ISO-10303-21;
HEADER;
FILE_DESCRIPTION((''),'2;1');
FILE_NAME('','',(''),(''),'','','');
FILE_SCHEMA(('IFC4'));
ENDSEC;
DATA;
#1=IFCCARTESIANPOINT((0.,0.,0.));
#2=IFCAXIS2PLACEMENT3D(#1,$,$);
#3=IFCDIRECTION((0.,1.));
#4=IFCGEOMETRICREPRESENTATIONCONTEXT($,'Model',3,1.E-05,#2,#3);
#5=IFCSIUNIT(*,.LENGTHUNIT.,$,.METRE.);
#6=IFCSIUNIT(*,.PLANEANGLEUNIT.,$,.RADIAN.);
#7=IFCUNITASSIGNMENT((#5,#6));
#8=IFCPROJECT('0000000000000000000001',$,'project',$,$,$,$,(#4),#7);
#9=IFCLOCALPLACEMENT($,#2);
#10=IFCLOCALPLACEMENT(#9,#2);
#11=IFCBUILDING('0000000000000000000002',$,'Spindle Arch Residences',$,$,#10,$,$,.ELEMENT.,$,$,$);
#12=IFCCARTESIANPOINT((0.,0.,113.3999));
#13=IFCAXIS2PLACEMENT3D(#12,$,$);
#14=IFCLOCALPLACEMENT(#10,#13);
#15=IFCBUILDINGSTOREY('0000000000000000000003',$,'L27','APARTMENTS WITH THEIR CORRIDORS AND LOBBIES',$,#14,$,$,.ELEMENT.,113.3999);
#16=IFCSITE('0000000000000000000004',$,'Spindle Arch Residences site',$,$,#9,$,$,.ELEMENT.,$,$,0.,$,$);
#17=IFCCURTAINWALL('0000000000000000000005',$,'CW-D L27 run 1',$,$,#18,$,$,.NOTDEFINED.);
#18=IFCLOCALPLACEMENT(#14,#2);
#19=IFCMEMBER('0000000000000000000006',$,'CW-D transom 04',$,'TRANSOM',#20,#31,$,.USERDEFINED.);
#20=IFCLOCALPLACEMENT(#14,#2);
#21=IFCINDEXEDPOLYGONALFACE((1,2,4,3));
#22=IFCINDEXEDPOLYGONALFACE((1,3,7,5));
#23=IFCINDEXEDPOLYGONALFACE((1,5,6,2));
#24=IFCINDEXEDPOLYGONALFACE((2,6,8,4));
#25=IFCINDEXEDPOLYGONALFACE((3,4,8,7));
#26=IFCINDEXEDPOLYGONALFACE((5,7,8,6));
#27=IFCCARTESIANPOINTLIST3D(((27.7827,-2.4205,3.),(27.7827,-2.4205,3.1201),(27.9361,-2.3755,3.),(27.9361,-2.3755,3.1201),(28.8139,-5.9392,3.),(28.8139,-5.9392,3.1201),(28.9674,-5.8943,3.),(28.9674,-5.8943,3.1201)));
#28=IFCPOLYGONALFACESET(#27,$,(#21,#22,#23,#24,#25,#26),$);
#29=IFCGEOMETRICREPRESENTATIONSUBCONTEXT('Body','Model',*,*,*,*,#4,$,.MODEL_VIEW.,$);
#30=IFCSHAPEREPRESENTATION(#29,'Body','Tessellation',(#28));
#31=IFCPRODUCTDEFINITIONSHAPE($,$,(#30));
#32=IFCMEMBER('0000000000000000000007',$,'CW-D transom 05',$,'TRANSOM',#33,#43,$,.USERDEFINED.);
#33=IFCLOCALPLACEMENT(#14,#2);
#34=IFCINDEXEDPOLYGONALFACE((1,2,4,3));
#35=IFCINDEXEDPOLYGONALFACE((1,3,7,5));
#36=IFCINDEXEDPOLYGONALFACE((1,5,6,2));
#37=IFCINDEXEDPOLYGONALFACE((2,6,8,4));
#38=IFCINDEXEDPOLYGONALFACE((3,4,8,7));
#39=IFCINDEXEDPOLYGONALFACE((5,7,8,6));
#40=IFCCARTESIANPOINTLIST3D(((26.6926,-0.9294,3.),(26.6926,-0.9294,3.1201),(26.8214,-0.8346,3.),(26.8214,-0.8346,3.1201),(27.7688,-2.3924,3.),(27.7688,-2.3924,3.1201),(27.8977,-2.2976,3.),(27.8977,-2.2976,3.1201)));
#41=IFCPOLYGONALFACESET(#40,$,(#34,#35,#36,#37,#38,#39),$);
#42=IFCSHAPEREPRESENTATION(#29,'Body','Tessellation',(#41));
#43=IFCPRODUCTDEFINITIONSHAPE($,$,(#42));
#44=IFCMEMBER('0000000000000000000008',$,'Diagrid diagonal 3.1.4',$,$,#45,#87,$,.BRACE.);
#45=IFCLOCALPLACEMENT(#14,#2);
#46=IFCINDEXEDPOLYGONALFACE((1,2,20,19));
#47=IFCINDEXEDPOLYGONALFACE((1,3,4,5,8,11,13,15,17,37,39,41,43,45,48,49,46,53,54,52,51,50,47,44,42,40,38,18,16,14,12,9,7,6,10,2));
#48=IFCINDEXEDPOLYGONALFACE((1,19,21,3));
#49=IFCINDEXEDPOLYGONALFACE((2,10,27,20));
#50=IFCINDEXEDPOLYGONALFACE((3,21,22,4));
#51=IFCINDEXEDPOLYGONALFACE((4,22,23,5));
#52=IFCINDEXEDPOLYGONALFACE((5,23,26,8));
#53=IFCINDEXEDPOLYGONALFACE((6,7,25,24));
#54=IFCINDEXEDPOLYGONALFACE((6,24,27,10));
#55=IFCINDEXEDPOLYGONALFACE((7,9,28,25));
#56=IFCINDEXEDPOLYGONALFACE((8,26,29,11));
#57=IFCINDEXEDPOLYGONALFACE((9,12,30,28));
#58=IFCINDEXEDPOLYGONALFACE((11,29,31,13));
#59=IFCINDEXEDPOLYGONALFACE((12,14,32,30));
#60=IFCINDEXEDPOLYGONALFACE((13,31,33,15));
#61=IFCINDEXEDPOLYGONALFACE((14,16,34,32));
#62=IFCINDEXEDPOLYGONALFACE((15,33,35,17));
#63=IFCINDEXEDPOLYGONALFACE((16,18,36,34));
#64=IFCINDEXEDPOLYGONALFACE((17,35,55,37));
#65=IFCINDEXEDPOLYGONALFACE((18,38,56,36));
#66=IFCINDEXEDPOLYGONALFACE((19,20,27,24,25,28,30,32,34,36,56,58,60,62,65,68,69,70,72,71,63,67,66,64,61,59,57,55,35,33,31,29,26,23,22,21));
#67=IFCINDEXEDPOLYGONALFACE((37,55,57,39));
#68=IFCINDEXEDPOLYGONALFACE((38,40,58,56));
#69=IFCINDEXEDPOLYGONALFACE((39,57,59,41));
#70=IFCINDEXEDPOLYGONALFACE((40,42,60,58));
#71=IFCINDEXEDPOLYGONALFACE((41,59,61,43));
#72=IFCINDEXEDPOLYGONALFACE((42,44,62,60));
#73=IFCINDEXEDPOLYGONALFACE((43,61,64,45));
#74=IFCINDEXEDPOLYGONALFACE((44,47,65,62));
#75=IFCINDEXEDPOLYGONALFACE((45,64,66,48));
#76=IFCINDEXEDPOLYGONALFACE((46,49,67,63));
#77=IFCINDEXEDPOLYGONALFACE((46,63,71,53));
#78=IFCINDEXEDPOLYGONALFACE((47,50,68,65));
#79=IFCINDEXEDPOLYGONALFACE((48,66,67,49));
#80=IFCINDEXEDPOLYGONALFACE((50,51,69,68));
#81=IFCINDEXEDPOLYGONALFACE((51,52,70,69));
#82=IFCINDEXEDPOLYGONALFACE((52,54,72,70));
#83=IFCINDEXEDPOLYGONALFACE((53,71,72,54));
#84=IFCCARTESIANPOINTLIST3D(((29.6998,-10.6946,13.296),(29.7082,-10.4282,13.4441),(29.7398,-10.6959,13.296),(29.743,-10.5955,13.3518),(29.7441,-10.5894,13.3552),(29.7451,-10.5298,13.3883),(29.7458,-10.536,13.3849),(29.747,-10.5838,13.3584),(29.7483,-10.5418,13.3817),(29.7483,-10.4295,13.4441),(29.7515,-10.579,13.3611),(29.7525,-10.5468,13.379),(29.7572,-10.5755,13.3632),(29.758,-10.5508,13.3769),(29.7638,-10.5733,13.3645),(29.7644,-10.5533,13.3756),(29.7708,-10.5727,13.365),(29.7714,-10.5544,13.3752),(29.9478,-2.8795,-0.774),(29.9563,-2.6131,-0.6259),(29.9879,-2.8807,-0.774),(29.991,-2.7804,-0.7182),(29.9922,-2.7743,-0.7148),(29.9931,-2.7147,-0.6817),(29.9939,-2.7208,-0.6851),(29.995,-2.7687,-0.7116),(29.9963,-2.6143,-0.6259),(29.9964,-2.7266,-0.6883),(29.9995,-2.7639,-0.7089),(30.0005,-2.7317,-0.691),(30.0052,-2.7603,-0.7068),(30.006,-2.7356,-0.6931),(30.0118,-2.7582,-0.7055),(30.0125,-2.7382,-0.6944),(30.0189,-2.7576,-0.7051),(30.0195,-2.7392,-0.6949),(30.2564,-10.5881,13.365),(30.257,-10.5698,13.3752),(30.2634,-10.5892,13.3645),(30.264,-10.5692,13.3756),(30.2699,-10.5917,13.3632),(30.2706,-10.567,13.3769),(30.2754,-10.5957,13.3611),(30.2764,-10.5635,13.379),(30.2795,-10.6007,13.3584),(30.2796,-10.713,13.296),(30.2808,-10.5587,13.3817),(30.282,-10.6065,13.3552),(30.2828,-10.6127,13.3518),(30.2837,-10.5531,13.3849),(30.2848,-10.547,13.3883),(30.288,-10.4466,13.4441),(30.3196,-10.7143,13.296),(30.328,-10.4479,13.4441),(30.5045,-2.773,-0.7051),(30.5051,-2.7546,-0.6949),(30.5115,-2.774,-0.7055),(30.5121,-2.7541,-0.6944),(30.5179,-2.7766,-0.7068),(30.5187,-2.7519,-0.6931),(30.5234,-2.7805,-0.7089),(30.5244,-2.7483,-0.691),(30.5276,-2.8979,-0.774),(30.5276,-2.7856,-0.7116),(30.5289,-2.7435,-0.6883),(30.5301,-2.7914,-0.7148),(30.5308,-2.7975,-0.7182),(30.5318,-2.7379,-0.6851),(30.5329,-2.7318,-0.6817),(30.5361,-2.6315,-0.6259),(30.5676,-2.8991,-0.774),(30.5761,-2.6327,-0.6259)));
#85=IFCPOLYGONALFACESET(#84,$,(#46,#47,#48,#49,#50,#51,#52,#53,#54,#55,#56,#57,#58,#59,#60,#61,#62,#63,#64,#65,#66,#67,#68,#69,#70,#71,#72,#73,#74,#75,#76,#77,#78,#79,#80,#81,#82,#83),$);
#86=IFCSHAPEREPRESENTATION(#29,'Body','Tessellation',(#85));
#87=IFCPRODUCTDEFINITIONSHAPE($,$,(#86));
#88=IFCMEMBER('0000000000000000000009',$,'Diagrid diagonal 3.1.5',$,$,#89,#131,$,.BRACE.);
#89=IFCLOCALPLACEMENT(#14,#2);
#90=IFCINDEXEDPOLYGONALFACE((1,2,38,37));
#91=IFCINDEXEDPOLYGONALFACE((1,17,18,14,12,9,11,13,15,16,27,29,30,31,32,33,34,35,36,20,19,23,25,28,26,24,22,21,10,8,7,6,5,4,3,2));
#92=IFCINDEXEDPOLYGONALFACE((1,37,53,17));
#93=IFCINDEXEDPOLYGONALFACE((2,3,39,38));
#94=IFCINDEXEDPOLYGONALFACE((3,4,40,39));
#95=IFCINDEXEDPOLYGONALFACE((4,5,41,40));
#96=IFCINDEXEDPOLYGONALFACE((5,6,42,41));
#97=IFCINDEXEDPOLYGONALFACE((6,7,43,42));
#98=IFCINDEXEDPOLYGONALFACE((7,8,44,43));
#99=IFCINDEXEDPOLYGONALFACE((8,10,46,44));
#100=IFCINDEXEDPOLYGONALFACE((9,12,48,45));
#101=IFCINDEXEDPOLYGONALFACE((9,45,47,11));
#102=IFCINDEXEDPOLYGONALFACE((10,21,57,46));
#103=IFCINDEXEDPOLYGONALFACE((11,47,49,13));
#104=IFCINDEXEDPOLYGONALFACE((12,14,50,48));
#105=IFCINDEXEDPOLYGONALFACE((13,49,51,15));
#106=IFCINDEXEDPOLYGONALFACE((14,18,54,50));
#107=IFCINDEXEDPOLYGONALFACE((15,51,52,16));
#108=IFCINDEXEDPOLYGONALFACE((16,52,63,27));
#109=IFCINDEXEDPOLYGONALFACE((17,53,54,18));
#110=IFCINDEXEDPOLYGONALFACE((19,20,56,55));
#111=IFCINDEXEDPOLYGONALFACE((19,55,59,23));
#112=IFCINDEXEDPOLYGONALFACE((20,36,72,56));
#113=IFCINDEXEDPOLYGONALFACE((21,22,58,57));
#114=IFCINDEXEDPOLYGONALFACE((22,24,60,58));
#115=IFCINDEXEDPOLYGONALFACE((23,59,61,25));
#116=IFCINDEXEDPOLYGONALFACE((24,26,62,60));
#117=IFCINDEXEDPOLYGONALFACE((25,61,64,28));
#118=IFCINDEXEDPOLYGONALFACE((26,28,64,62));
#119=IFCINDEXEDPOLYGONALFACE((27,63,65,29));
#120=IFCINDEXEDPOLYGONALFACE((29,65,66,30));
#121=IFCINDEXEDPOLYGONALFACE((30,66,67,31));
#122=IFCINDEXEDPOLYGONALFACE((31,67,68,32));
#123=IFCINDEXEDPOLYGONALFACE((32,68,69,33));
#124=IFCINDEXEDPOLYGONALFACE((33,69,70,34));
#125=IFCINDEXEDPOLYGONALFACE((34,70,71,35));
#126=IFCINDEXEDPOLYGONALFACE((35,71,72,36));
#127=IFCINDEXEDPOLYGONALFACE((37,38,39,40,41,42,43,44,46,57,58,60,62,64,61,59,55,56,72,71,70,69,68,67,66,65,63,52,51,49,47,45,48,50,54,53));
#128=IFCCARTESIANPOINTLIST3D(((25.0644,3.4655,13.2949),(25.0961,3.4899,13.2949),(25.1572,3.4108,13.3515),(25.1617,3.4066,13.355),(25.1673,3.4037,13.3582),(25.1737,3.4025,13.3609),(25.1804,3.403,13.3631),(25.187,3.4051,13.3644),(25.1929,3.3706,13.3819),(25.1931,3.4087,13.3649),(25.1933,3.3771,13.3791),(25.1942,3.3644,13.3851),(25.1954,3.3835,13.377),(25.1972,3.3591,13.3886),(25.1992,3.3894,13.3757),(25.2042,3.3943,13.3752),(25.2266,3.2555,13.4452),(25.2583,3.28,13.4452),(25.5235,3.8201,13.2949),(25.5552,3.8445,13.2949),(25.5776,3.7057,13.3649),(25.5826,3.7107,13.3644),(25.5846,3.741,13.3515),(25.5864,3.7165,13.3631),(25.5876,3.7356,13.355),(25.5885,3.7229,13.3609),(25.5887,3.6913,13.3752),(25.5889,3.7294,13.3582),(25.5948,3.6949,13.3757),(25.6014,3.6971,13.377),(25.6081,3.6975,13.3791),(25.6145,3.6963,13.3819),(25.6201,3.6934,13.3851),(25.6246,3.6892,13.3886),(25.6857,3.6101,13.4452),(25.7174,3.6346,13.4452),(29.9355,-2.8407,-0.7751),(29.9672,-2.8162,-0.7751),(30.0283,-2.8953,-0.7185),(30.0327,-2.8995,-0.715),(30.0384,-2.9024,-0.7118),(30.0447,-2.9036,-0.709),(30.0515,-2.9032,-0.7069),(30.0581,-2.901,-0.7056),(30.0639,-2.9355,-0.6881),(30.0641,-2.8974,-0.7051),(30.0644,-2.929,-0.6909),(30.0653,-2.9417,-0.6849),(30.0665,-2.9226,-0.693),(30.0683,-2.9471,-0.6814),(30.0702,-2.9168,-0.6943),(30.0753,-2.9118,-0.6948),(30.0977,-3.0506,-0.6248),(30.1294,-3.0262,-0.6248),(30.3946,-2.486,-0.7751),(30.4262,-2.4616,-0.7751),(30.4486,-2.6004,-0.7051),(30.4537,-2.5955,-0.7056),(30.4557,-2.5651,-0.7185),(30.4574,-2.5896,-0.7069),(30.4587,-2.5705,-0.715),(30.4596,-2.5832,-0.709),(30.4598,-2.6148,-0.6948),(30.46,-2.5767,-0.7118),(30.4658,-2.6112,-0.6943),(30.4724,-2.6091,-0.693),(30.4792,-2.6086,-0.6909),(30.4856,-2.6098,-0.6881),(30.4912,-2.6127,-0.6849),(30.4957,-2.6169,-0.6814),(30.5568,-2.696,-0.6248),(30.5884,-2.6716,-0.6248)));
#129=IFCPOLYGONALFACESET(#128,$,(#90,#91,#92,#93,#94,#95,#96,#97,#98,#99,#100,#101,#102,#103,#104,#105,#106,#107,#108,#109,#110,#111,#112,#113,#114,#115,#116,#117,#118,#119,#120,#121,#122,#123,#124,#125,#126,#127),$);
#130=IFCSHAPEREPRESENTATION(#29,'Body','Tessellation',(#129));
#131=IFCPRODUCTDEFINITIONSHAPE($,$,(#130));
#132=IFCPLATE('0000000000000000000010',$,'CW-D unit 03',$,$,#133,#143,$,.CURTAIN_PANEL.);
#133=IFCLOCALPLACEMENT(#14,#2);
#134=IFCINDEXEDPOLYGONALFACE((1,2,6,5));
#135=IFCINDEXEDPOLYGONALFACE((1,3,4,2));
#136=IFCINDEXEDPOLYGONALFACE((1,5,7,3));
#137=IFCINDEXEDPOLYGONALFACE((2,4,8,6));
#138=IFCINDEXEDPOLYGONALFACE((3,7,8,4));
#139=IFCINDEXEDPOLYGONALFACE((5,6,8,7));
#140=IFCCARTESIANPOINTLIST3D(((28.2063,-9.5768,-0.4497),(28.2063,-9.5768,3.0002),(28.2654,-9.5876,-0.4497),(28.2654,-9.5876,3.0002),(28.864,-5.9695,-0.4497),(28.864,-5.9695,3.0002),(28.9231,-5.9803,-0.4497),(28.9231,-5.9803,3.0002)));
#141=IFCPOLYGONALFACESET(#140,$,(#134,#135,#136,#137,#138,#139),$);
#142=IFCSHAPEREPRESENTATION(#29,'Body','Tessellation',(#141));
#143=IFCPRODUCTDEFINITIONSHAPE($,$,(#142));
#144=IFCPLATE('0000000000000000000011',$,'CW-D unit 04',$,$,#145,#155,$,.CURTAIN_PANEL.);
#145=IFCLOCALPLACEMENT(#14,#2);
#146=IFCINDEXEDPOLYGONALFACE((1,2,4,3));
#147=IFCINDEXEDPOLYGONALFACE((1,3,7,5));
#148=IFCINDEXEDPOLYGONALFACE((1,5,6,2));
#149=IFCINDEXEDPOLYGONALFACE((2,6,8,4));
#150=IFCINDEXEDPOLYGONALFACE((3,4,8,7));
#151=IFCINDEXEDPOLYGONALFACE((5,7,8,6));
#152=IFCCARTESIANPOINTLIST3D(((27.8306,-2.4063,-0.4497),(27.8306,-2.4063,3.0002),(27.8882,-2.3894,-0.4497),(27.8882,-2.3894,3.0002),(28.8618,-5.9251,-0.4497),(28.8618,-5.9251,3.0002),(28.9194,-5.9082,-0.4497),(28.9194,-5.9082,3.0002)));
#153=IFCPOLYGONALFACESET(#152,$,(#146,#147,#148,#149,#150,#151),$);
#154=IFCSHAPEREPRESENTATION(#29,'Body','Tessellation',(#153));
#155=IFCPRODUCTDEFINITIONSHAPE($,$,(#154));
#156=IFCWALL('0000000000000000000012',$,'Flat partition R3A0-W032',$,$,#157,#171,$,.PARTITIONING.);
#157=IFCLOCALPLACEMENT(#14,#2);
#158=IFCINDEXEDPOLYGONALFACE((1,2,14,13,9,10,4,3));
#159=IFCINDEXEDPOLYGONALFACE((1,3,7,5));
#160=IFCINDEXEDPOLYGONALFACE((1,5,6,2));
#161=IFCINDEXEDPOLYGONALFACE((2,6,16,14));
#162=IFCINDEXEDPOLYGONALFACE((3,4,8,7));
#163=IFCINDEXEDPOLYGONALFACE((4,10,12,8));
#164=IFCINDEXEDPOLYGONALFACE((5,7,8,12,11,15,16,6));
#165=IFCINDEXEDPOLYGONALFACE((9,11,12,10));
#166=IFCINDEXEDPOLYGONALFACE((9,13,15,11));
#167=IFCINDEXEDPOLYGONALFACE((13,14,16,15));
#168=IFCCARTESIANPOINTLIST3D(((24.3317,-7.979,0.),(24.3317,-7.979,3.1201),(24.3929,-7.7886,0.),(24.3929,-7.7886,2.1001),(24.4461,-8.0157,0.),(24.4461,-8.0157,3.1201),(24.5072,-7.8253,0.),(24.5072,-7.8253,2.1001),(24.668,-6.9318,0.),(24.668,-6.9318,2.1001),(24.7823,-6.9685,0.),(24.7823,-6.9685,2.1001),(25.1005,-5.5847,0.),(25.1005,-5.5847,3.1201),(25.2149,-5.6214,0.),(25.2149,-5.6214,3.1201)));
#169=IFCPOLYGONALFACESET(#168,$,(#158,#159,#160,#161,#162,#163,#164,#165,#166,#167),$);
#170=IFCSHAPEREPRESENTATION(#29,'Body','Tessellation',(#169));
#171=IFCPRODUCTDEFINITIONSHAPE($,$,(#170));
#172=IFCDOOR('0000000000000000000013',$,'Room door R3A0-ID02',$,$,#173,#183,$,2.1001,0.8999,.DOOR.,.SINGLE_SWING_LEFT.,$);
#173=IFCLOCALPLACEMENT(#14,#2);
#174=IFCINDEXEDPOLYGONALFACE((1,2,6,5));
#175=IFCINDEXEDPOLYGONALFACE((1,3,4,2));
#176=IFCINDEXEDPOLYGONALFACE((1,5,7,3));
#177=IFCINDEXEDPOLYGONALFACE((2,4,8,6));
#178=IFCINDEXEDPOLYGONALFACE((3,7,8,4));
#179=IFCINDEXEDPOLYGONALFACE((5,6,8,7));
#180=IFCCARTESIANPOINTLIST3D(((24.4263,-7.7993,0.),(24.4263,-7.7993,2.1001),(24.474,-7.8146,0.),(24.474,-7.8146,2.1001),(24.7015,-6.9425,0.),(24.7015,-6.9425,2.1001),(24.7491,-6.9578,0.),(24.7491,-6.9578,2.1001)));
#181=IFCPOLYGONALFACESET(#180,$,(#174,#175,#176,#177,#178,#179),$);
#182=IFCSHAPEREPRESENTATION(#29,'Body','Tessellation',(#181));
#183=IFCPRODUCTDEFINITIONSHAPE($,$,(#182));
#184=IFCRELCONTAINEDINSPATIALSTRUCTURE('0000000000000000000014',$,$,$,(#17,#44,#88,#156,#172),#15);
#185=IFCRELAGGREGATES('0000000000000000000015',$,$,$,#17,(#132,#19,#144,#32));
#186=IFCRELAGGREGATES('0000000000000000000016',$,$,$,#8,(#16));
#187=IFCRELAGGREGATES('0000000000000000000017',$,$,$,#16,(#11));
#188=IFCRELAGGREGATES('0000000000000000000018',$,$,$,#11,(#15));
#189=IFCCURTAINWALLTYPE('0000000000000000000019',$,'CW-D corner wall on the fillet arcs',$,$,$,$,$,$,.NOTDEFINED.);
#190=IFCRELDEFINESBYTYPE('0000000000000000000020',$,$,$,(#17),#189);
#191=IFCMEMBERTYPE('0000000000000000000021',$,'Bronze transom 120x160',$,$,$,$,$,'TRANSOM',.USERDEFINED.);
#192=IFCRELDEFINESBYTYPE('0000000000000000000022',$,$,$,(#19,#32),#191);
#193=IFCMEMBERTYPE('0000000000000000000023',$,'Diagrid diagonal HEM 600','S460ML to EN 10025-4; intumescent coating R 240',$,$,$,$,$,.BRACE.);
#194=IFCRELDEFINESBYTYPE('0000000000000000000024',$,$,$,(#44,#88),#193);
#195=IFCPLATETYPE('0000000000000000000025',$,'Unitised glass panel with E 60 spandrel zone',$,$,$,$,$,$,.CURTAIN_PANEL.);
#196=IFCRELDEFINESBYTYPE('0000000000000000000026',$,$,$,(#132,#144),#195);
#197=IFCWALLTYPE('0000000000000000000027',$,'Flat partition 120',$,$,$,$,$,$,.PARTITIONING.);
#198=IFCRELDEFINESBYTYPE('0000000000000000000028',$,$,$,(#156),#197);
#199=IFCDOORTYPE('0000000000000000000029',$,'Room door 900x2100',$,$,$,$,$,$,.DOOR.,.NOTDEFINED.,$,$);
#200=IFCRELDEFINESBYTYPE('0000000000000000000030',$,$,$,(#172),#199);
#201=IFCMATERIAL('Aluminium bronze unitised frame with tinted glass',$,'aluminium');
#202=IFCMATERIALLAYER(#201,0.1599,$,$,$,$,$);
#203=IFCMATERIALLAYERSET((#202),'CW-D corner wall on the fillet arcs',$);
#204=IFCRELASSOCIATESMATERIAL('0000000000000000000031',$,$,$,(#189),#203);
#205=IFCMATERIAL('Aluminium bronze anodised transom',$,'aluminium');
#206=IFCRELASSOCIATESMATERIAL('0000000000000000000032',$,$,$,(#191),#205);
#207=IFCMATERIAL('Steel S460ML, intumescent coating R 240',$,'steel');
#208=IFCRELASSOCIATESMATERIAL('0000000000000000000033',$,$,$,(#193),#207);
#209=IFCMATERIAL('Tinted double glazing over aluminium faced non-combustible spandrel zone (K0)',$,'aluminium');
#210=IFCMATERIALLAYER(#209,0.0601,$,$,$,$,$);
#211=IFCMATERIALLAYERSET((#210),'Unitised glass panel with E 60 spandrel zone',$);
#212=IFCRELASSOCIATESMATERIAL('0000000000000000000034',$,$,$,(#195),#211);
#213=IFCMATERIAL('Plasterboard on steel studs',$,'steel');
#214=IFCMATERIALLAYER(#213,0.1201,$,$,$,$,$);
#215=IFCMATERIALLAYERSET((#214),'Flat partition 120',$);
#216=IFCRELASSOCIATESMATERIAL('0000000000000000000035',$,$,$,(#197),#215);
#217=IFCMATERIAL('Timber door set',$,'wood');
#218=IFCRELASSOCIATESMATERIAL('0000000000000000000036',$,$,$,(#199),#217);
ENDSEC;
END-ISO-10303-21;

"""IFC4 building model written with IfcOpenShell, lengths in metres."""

from ifc_helpers import new_model, si_unit, direction, frame, frame_2d, origin, origin_2d, place, context, subcontext, project, spatial, rectangle, i_section, extrude, material, layer, layer_set, material_profile, profile_set, type_object, element, fill, aggregate, save


model = new_model("IFC4")

# Units and contexts
model_context = context("Model", 3, precision=1e-05, world=origin(), true_north=direction((0.0, 1.0)))
body_context = subcontext(model_context, "Body", "Model", "MODEL_VIEW")
ifc_project = project(units=[si_unit("LENGTHUNIT", "METRE"), si_unit("PLANEANGLEUNIT", "RADIAN")], contexts=[model_context])

# Site, building, storey
site_placement = place(None, origin())
site = spatial("IfcSite", under=ifc_project, at=site_placement, Name="Spindle Arch Residences site", CompositionType="ELEMENT", RefElevation=0.0)
building_placement = place(site_placement, origin())
building = spatial("IfcBuilding", under=site, at=building_placement, Name="Spindle Arch Residences", CompositionType="ELEMENT")
storey_placement = place(building_placement, frame((0.0, 0.0, 113.3999)))
storey = spatial("IfcBuildingStorey", under=building, at=storey_placement, Name="L27", Description="APARTMENTS WITH THEIR CORRIDORS AND LOBBIES", CompositionType="ELEMENT", Elevation=113.3999)

# Curtain wall, members
ifc_material_1 = material(Name="Aluminium bronze unitised frame with tinted glass", Category="aluminium")
ifc_layer_1 = layer(ifc_material_1, 0.1599)
ifc_layer_set_1 = layer_set([ifc_layer_1], Name="CW-D corner wall on the fillet arcs")
curtain_wall_type = type_object("IfcCurtainWallType", Name="CW-D corner wall on the fillet arcs", PredefinedType="NOTDEFINED", material=ifc_layer_set_1)
curtain_wall_placement = place(storey_placement, origin())
curtain_wall = element("IfcCurtainWall", 1, at=curtain_wall_placement, inside=storey, type_object=curtain_wall_type, Name="CW-D L27 run 1", PredefinedType="NOTDEFINED")
ifc_material_2 = material(Name="Aluminium bronze anodised transom", Category="aluminium")
ifc_material_profile_1 = material_profile(ifc_material_2, rectangle(XDim=0.1599, YDim=0.1201, at=origin_2d()), Name="TR 120x160")
ifc_profile_set_1 = profile_set([ifc_material_profile_1], Name="Aluminium bronze anodised transom")
member_type_1 = type_object("IfcMemberType", Name="Bronze transom 120x160", ElementType="TRANSOM", PredefinedType="USERDEFINED", material=ifc_profile_set_1)
member_1_placement = place(storey_placement, frame((28.8906, -5.9167, 3.0601), z_axis=(-0.28124, 0.959638, 0.0), x_axis=(-0.959638, -0.28124, 0.0)))
member_1 = element("IfcMember", 2, at=member_1_placement, type_object=member_type_1, Name="CW-D transom 04", ObjectType="TRANSOM", PredefinedType="USERDEFINED", context=body_context, shape_type="SweptSolid", body=[
    extrude(rectangle(XDim=0.1599, YDim=0.1201, at=origin_2d()), origin(), (0.0, 0.0, 1.0), 3.6667),
])
member_2_placement = place(storey_placement, frame((27.8333, -2.345, 3.0601), z_axis=(-0.592575, 0.805515, 0.0), x_axis=(-0.805515, -0.592575, 0.0)))
member_2 = element("IfcMember", 3, at=member_2_placement, type_object=member_type_1, Name="CW-D transom 05", ObjectType="TRANSOM", PredefinedType="USERDEFINED", context=body_context, shape_type="SweptSolid", body=[
    extrude(rectangle(XDim=0.1599, YDim=0.1201, at=origin_2d()), origin(), (0.0, 0.0, 1.0), 1.8162),
])

# Members
ifc_material_3 = material(Name="Steel S460ML, intumescent coating R 240", Category="steel")
ifc_material_profile_2 = material_profile(ifc_material_3, i_section(OverallWidth=0.3049, OverallDepth=0.6201, WebThickness=0.021, FlangeThickness=0.04, FilletRadius=0.0271, at=origin_2d()), Name="HEM 600")
ifc_profile_set_2 = profile_set([ifc_material_profile_2], Name="Steel S460ML, intumescent coating R 240")
member_type_2 = type_object("IfcMemberType", Name="Diagrid diagonal HEM 600", Description="S460ML to EN 10025-4; intumescent coating R 240", PredefinedType="BRACE", material=ifc_profile_set_2)
member_3_placement = place(storey_placement, frame((30.262, -2.7561, -0.7), z_axis=(-0.01541, -0.485513, 0.874094), x_axis=(0.027729, 0.873654, 0.485758)))
element("IfcMember", 4, at=member_3_placement, inside=storey, type_object=member_type_2, Name="Diagrid diagonal 3.1.4", PredefinedType="BRACE", context=body_context, shape_type="SweptSolid", body=[
    extrude(i_section(OverallWidth=0.3049, OverallDepth=0.6201, WebThickness=0.021, FlangeThickness=0.04, FilletRadius=0.0271, at=origin_2d()), origin(), (0.0, 0.0, 1.0), 16.0967),
])
member_4_placement = place(storey_placement, frame((30.262, -2.7561, -0.7), z_axis=(-0.301247, 0.389996, 0.870146), x_axis=(0.531922, -0.688631, 0.492795)))
element("IfcMember", 5, at=member_4_placement, inside=storey, type_object=member_type_2, Name="Diagrid diagonal 3.1.5", PredefinedType="BRACE", context=body_context, shape_type="SweptSolid", body=[
    extrude(i_section(OverallWidth=0.3049, OverallDepth=0.6201, WebThickness=0.021, FlangeThickness=0.04, FilletRadius=0.0271, at=origin_2d()), origin(), (0.0, 0.0, 1.0), 16.1697),
])

# Plates
ifc_material_4 = material(Name="Tinted double glazing over aluminium faced non-combustible spandrel zone (K0)", Category="aluminium")
ifc_layer_2 = layer(ifc_material_4, 0.0601)
ifc_layer_set_2 = layer_set([ifc_layer_2], Name="Unitised glass panel with E 60 spandrel zone")
plate_type = type_object("IfcPlateType", Name="Unitised glass panel with E 60 spandrel zone", PredefinedType="CURTAIN_PANEL", material=ifc_layer_set_2)
plate_1_placement = place(storey_placement, frame((28.5647, -7.7786, -0.4497), z_axis=(0.0, 0.0, 1.0), x_axis=(0.179375, 0.983781, 0.0)))
plate_1 = element("IfcPlate", 6, at=plate_1_placement, type_object=plate_type, Name="CW-D unit 03", PredefinedType="CURTAIN_PANEL", context=body_context, shape_type="SweptSolid", body=[
    extrude(rectangle(XDim=3.6667, YDim=0.0601, at=origin_2d()), origin(), (0.0, 0.0, 1.0), 3.45),
])
plate_2_placement = place(storey_placement, frame((28.375, -4.1572, -0.4497), z_axis=(0.0, 0.0, 1.0), x_axis=(-0.281225, 0.959642, 0.0)))
plate_2 = element("IfcPlate", 7, at=plate_2_placement, type_object=plate_type, Name="CW-D unit 04", PredefinedType="CURTAIN_PANEL", context=body_context, shape_type="SweptSolid", body=[
    extrude(rectangle(XDim=3.6667, YDim=0.0601, at=origin_2d()), origin(), (0.0, 0.0, 1.0), 3.45),
])
aggregate(curtain_wall, [plate_1, member_1, plate_2, member_2])

# Wall, opening, door
ifc_material_5 = material(Name="Plasterboard on steel studs", Category="steel")
ifc_layer_3 = layer(ifc_material_5, 0.1201)
ifc_layer_set_3 = layer_set([ifc_layer_3], Name="Flat partition 120")
wall_type_1 = type_object("IfcWallType", Name="Flat partition 120", PredefinedType="PARTITIONING", material=ifc_layer_set_3)
wall_1_placement = place(storey_placement, frame((24.3889, -7.9973, 0.0), z_axis=(0.0, 0.0, 1.0), x_axis=(0.305723, 0.95212, 0.0)))
wall_1 = element("IfcWall", 8, at=wall_1_placement, inside=storey, type_object=wall_type_1, Name="Flat partition R3A0-W032", PredefinedType="PARTITIONING", context=body_context, shape_type="SweptSolid", body=[
    extrude(rectangle(XDim=2.5146, YDim=0.1201, at=frame_2d((1.2573, 0.0))), origin(), (0.0, 0.0, 1.0), 3.1201),
])
opening_1_placement = place(wall_1_placement, frame((0.2, 0.0, 0.0)))
opening_1 = element("IfcOpeningElement", 9, at=opening_1_placement, cuts=wall_1, PredefinedType="OPENING", context=body_context, shape_type="SweptSolid", body=[
    extrude(rectangle(XDim=0.8999, YDim=2.1001, at=frame_2d((0.45, 1.05))), frame((0.0, 0.0701, 0.0), z_axis=(0.0, -1.0, 0.0), x_axis=(1.0, 0.0, 0.0)), (0.0, 0.0, 1.0), 0.1401),
])
ifc_material_6 = material(Name="Timber door set", Category="wood")
door_type_1 = type_object("IfcDoorType", Name="Room door 900x2100", OperationType="NOTDEFINED", PredefinedType="DOOR", material=ifc_material_6)
door_1_placement = place(opening_1_placement, origin())
door_1 = element("IfcDoor", 10, at=door_1_placement, inside=storey, type_object=door_type_1, Name="Room door R3A0-ID02", OperationType="SINGLE_SWING_LEFT", OverallHeight=2.1001, OverallWidth=0.8999, PredefinedType="DOOR", context=body_context, shape_type="SweptSolid", body=[
    extrude(rectangle(XDim=0.8999, YDim=2.1001, at=frame_2d((0.45, 1.05))), frame((0.0, 0.0249, 0.0), z_axis=(0.0, -1.0, 0.0), x_axis=(1.0, 0.0, 0.0)), (0.0, 0.0, 1.0), 0.05),
])
fill(opening_1, door_1)

save(model, "model.ifc")
